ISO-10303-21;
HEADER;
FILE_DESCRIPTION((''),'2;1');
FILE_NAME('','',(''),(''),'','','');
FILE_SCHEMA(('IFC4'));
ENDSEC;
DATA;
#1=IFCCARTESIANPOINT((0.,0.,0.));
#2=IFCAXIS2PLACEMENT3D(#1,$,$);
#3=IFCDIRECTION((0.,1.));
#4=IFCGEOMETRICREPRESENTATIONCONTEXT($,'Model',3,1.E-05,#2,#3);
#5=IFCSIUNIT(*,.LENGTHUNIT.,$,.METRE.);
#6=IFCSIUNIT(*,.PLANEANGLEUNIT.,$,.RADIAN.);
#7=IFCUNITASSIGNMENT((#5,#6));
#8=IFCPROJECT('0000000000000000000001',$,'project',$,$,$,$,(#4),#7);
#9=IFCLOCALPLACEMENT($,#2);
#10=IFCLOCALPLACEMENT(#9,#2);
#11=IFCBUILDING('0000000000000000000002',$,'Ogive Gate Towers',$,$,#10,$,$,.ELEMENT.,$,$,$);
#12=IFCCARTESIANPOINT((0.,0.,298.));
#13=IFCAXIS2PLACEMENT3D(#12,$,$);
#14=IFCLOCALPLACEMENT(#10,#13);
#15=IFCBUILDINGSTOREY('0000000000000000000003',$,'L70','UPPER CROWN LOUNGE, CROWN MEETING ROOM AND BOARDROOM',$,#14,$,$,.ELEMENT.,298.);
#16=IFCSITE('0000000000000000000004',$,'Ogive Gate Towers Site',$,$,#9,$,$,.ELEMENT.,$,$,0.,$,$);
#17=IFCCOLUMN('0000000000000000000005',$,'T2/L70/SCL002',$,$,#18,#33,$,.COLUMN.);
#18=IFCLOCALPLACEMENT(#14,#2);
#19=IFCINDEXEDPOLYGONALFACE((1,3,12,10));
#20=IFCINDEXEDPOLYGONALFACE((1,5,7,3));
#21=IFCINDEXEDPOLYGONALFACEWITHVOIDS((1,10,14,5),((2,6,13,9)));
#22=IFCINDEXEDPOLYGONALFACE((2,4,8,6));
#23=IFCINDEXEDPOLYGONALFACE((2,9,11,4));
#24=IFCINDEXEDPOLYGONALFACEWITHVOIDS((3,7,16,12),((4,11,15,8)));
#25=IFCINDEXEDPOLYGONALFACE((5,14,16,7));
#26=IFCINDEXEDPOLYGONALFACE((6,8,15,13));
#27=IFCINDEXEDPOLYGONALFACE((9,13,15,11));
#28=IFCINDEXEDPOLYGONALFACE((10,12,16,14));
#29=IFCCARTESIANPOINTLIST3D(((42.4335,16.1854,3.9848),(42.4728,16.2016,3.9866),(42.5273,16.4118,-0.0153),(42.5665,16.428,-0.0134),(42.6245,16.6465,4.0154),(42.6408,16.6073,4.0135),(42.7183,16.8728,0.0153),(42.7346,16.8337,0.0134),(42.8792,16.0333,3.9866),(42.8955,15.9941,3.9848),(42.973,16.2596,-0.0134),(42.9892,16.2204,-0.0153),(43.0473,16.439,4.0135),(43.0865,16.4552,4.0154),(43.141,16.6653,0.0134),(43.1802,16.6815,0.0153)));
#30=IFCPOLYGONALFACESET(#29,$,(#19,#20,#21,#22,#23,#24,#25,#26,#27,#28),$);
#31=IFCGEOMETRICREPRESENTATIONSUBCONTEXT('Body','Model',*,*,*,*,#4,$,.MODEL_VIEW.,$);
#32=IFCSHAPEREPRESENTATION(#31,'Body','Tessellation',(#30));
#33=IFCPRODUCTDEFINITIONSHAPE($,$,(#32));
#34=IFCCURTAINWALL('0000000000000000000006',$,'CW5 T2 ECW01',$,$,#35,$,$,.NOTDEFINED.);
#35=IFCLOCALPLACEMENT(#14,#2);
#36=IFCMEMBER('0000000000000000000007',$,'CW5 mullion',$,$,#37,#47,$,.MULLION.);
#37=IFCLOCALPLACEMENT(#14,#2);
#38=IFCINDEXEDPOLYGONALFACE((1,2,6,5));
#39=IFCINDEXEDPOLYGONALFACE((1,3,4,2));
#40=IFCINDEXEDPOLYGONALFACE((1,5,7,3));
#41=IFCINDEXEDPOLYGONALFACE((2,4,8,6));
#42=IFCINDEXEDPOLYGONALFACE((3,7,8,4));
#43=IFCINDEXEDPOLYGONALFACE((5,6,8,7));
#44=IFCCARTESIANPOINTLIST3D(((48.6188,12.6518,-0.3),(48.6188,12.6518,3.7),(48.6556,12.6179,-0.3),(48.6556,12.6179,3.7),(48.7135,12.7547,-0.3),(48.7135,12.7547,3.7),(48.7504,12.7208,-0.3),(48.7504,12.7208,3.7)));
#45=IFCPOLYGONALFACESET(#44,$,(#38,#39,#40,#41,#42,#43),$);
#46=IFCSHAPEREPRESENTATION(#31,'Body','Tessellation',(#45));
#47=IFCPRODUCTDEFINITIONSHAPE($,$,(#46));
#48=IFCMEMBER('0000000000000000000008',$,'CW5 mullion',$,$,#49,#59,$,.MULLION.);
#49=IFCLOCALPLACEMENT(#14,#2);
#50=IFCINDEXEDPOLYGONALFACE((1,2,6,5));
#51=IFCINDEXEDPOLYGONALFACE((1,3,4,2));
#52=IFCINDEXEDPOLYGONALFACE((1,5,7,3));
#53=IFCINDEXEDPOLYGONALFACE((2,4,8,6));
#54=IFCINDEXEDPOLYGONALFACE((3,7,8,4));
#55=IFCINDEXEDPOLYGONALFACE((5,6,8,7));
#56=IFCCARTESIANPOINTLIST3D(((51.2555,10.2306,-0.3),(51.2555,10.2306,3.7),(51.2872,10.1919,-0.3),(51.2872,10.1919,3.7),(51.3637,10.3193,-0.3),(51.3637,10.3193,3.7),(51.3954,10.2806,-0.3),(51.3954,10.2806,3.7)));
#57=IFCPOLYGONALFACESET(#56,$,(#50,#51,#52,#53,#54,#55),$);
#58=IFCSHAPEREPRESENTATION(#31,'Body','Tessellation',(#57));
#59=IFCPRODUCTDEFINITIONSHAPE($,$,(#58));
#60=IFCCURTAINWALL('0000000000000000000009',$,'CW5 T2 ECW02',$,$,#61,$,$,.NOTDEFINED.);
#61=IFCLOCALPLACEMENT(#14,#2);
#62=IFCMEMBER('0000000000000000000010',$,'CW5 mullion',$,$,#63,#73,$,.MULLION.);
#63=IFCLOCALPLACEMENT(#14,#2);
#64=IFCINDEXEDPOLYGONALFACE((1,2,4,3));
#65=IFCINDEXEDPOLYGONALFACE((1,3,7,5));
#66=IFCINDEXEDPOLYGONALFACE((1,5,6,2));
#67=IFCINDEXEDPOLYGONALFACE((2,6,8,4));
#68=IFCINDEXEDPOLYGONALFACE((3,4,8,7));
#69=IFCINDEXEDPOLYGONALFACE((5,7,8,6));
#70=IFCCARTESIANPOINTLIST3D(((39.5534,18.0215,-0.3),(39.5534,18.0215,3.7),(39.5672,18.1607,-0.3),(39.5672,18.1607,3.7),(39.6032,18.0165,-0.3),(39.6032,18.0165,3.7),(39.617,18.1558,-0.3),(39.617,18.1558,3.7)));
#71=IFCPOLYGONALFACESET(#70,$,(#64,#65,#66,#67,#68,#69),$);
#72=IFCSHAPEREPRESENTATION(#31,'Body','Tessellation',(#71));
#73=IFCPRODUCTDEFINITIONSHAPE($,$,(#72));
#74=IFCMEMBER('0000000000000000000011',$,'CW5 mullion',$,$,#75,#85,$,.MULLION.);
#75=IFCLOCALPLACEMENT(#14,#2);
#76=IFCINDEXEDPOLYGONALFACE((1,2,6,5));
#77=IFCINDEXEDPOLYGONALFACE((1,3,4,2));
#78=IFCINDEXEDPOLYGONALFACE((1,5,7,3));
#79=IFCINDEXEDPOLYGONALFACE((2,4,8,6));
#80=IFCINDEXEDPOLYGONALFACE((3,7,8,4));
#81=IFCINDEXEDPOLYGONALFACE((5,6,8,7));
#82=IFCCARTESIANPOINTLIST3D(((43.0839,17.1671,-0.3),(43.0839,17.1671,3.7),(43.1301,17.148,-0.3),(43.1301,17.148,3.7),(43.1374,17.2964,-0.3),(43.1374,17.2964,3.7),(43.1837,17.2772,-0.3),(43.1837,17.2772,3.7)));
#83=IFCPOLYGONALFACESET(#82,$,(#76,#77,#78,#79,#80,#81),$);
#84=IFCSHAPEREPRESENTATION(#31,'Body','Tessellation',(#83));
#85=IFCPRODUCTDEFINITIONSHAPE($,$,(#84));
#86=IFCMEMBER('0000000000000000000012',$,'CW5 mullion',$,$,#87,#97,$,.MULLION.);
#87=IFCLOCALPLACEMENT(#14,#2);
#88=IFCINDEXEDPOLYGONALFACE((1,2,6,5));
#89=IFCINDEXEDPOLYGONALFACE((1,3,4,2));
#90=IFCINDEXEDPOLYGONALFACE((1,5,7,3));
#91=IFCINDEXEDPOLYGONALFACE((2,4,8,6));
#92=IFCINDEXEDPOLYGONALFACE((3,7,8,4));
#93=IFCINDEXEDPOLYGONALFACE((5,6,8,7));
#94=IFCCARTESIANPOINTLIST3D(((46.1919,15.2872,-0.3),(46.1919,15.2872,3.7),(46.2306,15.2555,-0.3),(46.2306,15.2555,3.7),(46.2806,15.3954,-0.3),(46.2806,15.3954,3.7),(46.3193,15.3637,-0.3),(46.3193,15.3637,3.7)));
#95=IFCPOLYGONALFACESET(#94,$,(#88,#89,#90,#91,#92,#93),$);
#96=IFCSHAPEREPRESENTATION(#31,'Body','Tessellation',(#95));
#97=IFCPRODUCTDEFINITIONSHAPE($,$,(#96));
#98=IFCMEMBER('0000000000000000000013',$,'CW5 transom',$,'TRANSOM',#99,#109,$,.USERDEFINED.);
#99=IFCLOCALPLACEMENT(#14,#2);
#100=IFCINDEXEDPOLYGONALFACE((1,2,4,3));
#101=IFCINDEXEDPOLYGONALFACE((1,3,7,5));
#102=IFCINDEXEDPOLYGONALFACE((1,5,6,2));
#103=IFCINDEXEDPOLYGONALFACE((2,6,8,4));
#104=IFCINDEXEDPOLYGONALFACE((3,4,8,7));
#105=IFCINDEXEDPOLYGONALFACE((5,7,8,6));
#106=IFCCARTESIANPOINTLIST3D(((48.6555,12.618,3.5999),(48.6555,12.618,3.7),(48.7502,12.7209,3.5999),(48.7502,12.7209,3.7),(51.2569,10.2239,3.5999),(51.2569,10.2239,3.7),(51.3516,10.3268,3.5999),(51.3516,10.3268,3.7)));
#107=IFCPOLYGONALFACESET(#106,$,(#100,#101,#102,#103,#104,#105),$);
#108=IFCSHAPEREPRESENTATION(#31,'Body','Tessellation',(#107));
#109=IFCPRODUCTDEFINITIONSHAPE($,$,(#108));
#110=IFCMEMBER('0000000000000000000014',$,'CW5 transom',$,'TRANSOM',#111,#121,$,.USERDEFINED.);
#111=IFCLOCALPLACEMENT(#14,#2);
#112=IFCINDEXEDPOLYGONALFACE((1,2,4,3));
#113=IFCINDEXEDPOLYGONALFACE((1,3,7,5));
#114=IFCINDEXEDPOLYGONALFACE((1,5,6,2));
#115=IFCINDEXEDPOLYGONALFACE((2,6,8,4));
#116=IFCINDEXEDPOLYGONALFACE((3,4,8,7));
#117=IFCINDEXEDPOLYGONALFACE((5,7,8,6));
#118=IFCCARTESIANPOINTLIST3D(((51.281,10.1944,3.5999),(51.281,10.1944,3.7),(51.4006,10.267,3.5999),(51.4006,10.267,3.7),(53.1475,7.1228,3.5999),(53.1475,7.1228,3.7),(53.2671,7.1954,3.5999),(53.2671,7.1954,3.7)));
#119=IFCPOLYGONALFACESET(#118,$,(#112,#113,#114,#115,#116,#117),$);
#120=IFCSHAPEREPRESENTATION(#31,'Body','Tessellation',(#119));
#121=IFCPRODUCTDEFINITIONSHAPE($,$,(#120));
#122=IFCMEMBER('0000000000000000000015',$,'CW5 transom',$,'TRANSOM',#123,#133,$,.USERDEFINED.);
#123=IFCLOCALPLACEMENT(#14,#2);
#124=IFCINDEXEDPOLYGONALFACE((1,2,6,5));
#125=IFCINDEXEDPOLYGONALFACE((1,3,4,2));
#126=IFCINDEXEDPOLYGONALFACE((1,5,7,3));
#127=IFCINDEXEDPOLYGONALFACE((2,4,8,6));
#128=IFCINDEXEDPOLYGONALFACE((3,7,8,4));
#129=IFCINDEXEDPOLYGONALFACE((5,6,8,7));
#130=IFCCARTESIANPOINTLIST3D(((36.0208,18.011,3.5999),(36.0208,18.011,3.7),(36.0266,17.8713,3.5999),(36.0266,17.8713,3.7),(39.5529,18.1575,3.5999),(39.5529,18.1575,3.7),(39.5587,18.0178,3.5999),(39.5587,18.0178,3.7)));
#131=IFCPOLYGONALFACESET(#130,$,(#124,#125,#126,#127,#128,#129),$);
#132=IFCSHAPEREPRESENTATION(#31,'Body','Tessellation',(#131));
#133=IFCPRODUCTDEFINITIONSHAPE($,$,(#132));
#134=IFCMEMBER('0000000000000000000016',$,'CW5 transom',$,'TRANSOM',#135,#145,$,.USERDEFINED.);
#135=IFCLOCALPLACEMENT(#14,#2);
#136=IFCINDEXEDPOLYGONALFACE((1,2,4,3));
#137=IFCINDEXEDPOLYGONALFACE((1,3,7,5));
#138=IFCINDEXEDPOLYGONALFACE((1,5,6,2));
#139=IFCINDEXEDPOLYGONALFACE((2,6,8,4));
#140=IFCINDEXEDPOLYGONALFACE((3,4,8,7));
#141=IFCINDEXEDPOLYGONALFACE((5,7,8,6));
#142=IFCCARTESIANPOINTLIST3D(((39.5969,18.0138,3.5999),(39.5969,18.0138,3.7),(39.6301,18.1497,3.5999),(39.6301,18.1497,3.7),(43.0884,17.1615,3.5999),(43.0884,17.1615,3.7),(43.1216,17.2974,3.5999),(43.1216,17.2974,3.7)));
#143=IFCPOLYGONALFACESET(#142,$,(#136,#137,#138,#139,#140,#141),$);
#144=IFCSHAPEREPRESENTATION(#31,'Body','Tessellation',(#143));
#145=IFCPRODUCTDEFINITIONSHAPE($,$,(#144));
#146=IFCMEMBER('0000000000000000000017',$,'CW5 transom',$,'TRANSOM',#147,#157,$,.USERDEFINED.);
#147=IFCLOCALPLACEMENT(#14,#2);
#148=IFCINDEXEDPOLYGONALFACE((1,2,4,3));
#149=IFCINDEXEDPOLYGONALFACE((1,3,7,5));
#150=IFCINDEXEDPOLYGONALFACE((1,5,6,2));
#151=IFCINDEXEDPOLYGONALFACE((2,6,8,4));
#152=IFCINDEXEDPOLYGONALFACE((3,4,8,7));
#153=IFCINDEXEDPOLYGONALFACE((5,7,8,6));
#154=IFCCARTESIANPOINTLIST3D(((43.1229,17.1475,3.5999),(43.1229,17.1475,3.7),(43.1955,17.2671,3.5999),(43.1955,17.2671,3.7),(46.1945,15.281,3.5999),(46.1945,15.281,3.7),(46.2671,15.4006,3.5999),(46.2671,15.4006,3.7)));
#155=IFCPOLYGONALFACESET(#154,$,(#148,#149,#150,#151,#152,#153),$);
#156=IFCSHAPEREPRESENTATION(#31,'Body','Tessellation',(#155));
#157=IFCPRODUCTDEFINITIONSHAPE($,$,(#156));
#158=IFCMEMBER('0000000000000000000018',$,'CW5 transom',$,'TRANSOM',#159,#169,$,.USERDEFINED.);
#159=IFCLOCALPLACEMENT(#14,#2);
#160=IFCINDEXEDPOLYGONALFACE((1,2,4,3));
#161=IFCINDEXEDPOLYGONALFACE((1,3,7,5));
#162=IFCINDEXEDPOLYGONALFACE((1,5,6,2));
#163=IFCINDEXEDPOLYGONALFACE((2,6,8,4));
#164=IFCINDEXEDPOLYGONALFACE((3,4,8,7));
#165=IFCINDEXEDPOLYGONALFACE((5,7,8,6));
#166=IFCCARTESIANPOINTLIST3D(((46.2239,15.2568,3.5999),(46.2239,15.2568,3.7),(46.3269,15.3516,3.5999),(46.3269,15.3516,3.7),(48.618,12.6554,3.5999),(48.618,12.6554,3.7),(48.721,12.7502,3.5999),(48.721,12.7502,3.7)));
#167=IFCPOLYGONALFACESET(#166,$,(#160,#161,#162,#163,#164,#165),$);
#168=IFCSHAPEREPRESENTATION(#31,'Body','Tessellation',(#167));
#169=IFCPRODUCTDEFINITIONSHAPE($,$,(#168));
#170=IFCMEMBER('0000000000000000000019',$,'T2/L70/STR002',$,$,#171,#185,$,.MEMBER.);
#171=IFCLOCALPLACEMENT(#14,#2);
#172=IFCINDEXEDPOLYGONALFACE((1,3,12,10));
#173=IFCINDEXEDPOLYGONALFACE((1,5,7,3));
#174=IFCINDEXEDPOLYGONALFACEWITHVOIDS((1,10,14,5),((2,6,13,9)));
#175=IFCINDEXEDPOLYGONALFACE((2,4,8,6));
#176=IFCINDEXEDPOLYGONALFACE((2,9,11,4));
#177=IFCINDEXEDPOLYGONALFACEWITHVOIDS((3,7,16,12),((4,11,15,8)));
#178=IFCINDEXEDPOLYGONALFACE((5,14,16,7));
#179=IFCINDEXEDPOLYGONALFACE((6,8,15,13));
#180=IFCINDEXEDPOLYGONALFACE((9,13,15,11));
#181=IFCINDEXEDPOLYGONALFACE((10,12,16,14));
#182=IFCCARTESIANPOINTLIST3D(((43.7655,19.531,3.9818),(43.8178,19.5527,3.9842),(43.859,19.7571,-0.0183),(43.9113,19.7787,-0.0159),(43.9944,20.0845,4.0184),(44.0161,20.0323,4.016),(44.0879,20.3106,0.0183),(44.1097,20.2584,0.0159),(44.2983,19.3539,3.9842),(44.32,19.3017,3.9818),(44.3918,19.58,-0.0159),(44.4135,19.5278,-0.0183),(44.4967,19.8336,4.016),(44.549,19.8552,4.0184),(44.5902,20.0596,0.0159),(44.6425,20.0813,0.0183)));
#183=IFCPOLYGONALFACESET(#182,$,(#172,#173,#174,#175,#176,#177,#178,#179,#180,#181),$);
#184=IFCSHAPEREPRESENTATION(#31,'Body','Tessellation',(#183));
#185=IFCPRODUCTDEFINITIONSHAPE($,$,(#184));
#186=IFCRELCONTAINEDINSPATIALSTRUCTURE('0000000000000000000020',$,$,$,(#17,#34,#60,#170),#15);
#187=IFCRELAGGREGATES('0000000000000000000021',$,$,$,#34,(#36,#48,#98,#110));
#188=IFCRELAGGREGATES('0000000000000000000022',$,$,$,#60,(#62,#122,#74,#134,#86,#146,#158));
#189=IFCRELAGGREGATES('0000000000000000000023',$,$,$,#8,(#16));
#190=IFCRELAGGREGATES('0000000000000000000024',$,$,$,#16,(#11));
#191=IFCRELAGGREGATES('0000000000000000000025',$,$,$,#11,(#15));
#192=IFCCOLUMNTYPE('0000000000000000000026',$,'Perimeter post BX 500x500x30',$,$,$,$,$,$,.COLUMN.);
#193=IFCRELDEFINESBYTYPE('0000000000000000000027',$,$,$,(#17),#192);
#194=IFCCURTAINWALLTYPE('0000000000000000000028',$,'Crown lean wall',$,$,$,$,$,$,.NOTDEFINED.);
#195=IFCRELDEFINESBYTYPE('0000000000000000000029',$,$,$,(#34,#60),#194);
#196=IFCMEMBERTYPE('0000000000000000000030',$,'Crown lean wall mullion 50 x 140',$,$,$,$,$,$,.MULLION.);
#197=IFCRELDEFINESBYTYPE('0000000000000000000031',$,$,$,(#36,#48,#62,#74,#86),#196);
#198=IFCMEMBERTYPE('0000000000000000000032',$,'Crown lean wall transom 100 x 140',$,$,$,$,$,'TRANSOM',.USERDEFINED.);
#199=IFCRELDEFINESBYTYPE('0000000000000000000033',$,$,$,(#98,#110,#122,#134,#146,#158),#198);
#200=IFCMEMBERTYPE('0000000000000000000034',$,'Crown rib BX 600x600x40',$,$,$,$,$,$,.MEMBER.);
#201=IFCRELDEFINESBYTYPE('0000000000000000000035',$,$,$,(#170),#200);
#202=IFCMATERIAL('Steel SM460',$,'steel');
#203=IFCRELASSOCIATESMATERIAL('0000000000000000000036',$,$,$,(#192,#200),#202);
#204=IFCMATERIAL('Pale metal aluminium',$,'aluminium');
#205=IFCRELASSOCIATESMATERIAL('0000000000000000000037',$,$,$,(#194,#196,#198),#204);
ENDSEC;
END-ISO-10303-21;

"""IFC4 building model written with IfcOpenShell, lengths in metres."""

from ifc_helpers import new_model, si_unit, direction, frame, origin, origin_2d, place, context, subcontext, project, spatial, rectangle, hollow_rectangle, extrude, material, material_profile, profile_set, type_object, element, aggregate, save


model = new_model("IFC4")

# Units and contexts
model_context = context("Model", 3, precision=1e-05, world=origin(), true_north=direction((0.0, 1.0)))
body_context = subcontext(model_context, "Body", "Model", "MODEL_VIEW")
ifc_project = project(units=[si_unit("LENGTHUNIT", "METRE"), si_unit("PLANEANGLEUNIT", "RADIAN")], contexts=[model_context])

# Site, building, storey
site_placement = place(None, origin())
site = spatial("IfcSite", under=ifc_project, at=site_placement, Name="Ogive Gate Towers Site", CompositionType="ELEMENT", RefElevation=0.0)
building_placement = place(site_placement, origin())
building = spatial("IfcBuilding", under=site, at=building_placement, Name="Ogive Gate Towers", CompositionType="ELEMENT")
storey_placement = place(building_placement, frame((0.0, 0.0, 298.0)))
storey = spatial("IfcBuildingStorey", under=building, at=storey_placement, Name="L70", Description="UPPER CROWN LOUNGE, CROWN MEETING ROOM AND BOARDROOM", CompositionType="ELEMENT", Elevation=298.0)

# Column
ifc_material_1 = material(Name="Steel SM460", Category="steel")
ifc_material_profile_1 = material_profile(ifc_material_1, hollow_rectangle(XDim=0.5, YDim=0.5, WallThickness=0.03, at=origin_2d()), Name="BX 500x500x30")
ifc_profile_set_1 = profile_set([ifc_material_profile_1], Name="Steel SM460")
column_type = type_object("IfcColumnType", Name="Perimeter post BX 500x500x30", PredefinedType="COLUMN", material=ifc_profile_set_1)
column_placement = place(storey_placement, frame((42.8538, 16.5466, 0.0), z_axis=(-0.023394, -0.056474, 0.99813), x_axis=(0.923871, -0.382704, 0.0)))
element("IfcColumn", 1, at=column_placement, inside=storey, type_object=column_type, Name="T2/L70/SCL002", PredefinedType="COLUMN", context=body_context, shape_type="SweptSolid", body=[
    extrude(hollow_rectangle(XDim=0.5, YDim=0.5, WallThickness=0.03, at=origin_2d()), origin(), (0.0, 0.0, 1.0), 4.0076),
])

# Curtain walls, members
ifc_material_2 = material(Name="Pale metal aluminium", Category="aluminium")
curtain_wall_type = type_object("IfcCurtainWallType", Name="Crown lean wall", PredefinedType="NOTDEFINED", material=ifc_material_2)
curtain_wall_1_placement = place(storey_placement, origin())
curtain_wall_1 = element("IfcCurtainWall", 2, at=curtain_wall_1_placement, inside=storey, type_object=curtain_wall_type, Name="CW5 T2 ECW01", PredefinedType="NOTDEFINED")
ifc_material_profile_2 = material_profile(ifc_material_2, rectangle(XDim=0.1399, YDim=0.05, at=origin_2d()), Name="50 x 140 aluminium box")
ifc_profile_set_2 = profile_set([ifc_material_profile_2], Name="Pale metal aluminium")
member_type_1 = type_object("IfcMemberType", Name="Crown lean wall mullion 50 x 140", PredefinedType="MULLION", material=ifc_profile_set_2)
member_1_placement = place(storey_placement, frame((48.6846, 12.6863, -0.3), z_axis=(0.0, 0.0, 1.0), x_axis=(-0.677184, -0.735813, 0.0)))
member_1 = element("IfcMember", 3, at=member_1_placement, type_object=member_type_1, Name="CW5 mullion", PredefinedType="MULLION", context=body_context, shape_type="SweptSolid", body=[
    extrude(rectangle(XDim=0.1399, YDim=0.05, at=origin_2d()), origin(), (0.0, 0.0, 1.0), 4.0),
])
member_2_placement = place(storey_placement, frame((51.3254, 10.2556, -0.3), z_axis=(0.0, 0.0, 1.0), x_axis=(-0.77352, -0.633772, 0.0)))
member_2 = element("IfcMember", 4, at=member_2_placement, type_object=member_type_1, Name="CW5 mullion", PredefinedType="MULLION", context=body_context, shape_type="SweptSolid", body=[
    extrude(rectangle(XDim=0.1399, YDim=0.05, at=origin_2d()), origin(), (0.0, 0.0, 1.0), 4.0),
])
curtain_wall_2_placement = place(storey_placement, origin())
curtain_wall_2 = element("IfcCurtainWall", 5, at=curtain_wall_2_placement, inside=storey, type_object=curtain_wall_type, Name="CW5 T2 ECW02", PredefinedType="NOTDEFINED")
member_3_placement = place(storey_placement, frame((39.5852, 18.0886, -0.3), z_axis=(0.0, 0.0, 1.0), x_axis=(-0.098833, -0.995104, 0.0)))
member_3 = element("IfcMember", 6, at=member_3_placement, type_object=member_type_1, Name="CW5 mullion", PredefinedType="MULLION", context=body_context, shape_type="SweptSolid", body=[
    extrude(rectangle(XDim=0.1399, YDim=0.05, at=origin_2d()), origin(), (0.0, 0.0, 1.0), 4.0),
])
member_4_placement = place(storey_placement, frame((43.1338, 17.2222, -0.3), z_axis=(0.0, 0.0, 1.0), x_axis=(-0.382683, -0.92388, 0.0)))
member_4 = element("IfcMember", 7, at=member_4_placement, type_object=member_type_1, Name="CW5 mullion", PredefinedType="MULLION", context=body_context, shape_type="SweptSolid", body=[
    extrude(rectangle(XDim=0.1399, YDim=0.05, at=origin_2d()), origin(), (0.0, 0.0, 1.0), 4.0),
])
member_5_placement = place(storey_placement, frame((46.2556, 15.3254, -0.3), z_axis=(0.0, 0.0, 1.0), x_axis=(-0.633772, -0.77352, 0.0)))
member_5 = element("IfcMember", 8, at=member_5_placement, type_object=member_type_1, Name="CW5 mullion", PredefinedType="MULLION", context=body_context, shape_type="SweptSolid", body=[
    extrude(rectangle(XDim=0.1399, YDim=0.05, at=origin_2d()), origin(), (0.0, 0.0, 1.0), 4.0),
])

# Members
ifc_material_profile_3 = material_profile(ifc_material_2, rectangle(XDim=0.1399, YDim=0.1001, at=origin_2d()), Name="100 x 140 aluminium box")
ifc_profile_set_3 = profile_set([ifc_material_profile_3], Name="Pale metal aluminium")
member_type_2 = type_object("IfcMemberType", Name="Crown lean wall transom 100 x 140", ElementType="TRANSOM", PredefinedType="USERDEFINED", material=ifc_profile_set_3)
member_6_placement = place(storey_placement, frame((48.7029, 12.6694, 3.6499), z_axis=(0.735814, -0.677184, 0.0), x_axis=(0.677184, 0.735814, 0.0)))
member_6 = element("IfcMember", 9, at=member_6_placement, type_object=member_type_2, Name="CW5 transom", ObjectType="TRANSOM", PredefinedType="USERDEFINED", context=body_context, shape_type="SweptSolid", body=[
    extrude(rectangle(XDim=0.1399, YDim=0.1001, at=origin_2d()), origin(), (0.0, 0.0, 1.0), 3.5354),
])
member_7_placement = place(storey_placement, frame((51.3408, 10.2307, 3.6499), z_axis=(0.519302, -0.854591, 0.0), x_axis=(0.854591, 0.519302, 0.0)))
member_7 = element("IfcMember", 10, at=member_7_placement, type_object=member_type_2, Name="CW5 transom", ObjectType="TRANSOM", PredefinedType="USERDEFINED", context=body_context, shape_type="SweptSolid", body=[
    extrude(rectangle(XDim=0.1399, YDim=0.1001, at=origin_2d()), origin(), (0.0, 0.0, 1.0), 3.5942),
])
member_8_placement = place(storey_placement, frame((36.0237, 17.9412, 3.6499), z_axis=(0.999141, 0.041435, 0.0), x_axis=(-0.041435, 0.999141, 0.0)))
member_8 = element("IfcMember", 11, at=member_8_placement, type_object=member_type_2, Name="CW5 transom", ObjectType="TRANSOM", PredefinedType="USERDEFINED", context=body_context, shape_type="SweptSolid", body=[
    extrude(rectangle(XDim=0.1399, YDim=0.1001, at=origin_2d()), origin(), (0.0, 0.0, 1.0), 3.5352),
])
member_9_placement = place(storey_placement, frame((39.6135, 18.0818, 3.6499), z_axis=(0.971474, -0.237145, 0.0), x_axis=(0.237145, 0.971474, 0.0)))
member_9 = element("IfcMember", 12, at=member_9_placement, type_object=member_type_2, Name="CW5 transom", ObjectType="TRANSOM", PredefinedType="USERDEFINED", context=body_context, shape_type="SweptSolid", body=[
    extrude(rectangle(XDim=0.1399, YDim=0.1001, at=origin_2d()), origin(), (0.0, 0.0, 1.0), 3.594),
])
member_10_placement = place(storey_placement, frame((43.1592, 17.2073, 3.6499), z_axis=(0.854591, -0.519302, 0.0), x_axis=(0.519302, 0.854591, 0.0)))
member_10 = element("IfcMember", 13, at=member_10_placement, type_object=member_type_2, Name="CW5 transom", ObjectType="TRANSOM", PredefinedType="USERDEFINED", context=body_context, shape_type="SweptSolid", body=[
    extrude(rectangle(XDim=0.1399, YDim=0.1001, at=origin_2d()), origin(), (0.0, 0.0, 1.0), 3.5942),
])
member_11_placement = place(storey_placement, frame((46.2754, 15.3042, 3.6499), z_axis=(0.677184, -0.735814, 0.0), x_axis=(0.735814, 0.677184, 0.0)))
member_11 = element("IfcMember", 14, at=member_11_placement, type_object=member_type_2, Name="CW5 transom", ObjectType="TRANSOM", PredefinedType="USERDEFINED", context=body_context, shape_type="SweptSolid", body=[
    extrude(rectangle(XDim=0.1399, YDim=0.1001, at=origin_2d()), origin(), (0.0, 0.0, 1.0), 3.5354),
])

# Member
ifc_material_profile_4 = material_profile(ifc_material_1, hollow_rectangle(XDim=0.6001, YDim=0.6001, WallThickness=0.04, at=origin_2d()), Name="BX 600x600x40")
ifc_profile_set_4 = profile_set([ifc_material_profile_4], Name="Steel SM460")
member_type_3 = type_object("IfcMemberType", Name="Crown rib BX 600x600x40", PredefinedType="MEMBER", material=ifc_profile_set_4)
member_12_placement = place(storey_placement, frame((44.2507, 19.9192, 0.0), z_axis=(-0.023333, -0.056413, 0.998135), x_axis=(0.924078, -0.382205, 0.0)))
element("IfcMember", 15, at=member_12_placement, inside=storey, type_object=member_type_3, Name="T2/L70/STR002", PredefinedType="MEMBER", context=body_context, shape_type="SweptSolid", body=[
    extrude(hollow_rectangle(XDim=0.6001, YDim=0.6001, WallThickness=0.04, at=origin_2d()), origin(), (0.0, 0.0, 1.0), 4.0076),
])

aggregate(curtain_wall_1, [member_1, member_2, member_6, member_7])
aggregate(curtain_wall_2, [member_3, member_8, member_4, member_9, member_5, member_10, member_11])

save(model, "model.ifc")
